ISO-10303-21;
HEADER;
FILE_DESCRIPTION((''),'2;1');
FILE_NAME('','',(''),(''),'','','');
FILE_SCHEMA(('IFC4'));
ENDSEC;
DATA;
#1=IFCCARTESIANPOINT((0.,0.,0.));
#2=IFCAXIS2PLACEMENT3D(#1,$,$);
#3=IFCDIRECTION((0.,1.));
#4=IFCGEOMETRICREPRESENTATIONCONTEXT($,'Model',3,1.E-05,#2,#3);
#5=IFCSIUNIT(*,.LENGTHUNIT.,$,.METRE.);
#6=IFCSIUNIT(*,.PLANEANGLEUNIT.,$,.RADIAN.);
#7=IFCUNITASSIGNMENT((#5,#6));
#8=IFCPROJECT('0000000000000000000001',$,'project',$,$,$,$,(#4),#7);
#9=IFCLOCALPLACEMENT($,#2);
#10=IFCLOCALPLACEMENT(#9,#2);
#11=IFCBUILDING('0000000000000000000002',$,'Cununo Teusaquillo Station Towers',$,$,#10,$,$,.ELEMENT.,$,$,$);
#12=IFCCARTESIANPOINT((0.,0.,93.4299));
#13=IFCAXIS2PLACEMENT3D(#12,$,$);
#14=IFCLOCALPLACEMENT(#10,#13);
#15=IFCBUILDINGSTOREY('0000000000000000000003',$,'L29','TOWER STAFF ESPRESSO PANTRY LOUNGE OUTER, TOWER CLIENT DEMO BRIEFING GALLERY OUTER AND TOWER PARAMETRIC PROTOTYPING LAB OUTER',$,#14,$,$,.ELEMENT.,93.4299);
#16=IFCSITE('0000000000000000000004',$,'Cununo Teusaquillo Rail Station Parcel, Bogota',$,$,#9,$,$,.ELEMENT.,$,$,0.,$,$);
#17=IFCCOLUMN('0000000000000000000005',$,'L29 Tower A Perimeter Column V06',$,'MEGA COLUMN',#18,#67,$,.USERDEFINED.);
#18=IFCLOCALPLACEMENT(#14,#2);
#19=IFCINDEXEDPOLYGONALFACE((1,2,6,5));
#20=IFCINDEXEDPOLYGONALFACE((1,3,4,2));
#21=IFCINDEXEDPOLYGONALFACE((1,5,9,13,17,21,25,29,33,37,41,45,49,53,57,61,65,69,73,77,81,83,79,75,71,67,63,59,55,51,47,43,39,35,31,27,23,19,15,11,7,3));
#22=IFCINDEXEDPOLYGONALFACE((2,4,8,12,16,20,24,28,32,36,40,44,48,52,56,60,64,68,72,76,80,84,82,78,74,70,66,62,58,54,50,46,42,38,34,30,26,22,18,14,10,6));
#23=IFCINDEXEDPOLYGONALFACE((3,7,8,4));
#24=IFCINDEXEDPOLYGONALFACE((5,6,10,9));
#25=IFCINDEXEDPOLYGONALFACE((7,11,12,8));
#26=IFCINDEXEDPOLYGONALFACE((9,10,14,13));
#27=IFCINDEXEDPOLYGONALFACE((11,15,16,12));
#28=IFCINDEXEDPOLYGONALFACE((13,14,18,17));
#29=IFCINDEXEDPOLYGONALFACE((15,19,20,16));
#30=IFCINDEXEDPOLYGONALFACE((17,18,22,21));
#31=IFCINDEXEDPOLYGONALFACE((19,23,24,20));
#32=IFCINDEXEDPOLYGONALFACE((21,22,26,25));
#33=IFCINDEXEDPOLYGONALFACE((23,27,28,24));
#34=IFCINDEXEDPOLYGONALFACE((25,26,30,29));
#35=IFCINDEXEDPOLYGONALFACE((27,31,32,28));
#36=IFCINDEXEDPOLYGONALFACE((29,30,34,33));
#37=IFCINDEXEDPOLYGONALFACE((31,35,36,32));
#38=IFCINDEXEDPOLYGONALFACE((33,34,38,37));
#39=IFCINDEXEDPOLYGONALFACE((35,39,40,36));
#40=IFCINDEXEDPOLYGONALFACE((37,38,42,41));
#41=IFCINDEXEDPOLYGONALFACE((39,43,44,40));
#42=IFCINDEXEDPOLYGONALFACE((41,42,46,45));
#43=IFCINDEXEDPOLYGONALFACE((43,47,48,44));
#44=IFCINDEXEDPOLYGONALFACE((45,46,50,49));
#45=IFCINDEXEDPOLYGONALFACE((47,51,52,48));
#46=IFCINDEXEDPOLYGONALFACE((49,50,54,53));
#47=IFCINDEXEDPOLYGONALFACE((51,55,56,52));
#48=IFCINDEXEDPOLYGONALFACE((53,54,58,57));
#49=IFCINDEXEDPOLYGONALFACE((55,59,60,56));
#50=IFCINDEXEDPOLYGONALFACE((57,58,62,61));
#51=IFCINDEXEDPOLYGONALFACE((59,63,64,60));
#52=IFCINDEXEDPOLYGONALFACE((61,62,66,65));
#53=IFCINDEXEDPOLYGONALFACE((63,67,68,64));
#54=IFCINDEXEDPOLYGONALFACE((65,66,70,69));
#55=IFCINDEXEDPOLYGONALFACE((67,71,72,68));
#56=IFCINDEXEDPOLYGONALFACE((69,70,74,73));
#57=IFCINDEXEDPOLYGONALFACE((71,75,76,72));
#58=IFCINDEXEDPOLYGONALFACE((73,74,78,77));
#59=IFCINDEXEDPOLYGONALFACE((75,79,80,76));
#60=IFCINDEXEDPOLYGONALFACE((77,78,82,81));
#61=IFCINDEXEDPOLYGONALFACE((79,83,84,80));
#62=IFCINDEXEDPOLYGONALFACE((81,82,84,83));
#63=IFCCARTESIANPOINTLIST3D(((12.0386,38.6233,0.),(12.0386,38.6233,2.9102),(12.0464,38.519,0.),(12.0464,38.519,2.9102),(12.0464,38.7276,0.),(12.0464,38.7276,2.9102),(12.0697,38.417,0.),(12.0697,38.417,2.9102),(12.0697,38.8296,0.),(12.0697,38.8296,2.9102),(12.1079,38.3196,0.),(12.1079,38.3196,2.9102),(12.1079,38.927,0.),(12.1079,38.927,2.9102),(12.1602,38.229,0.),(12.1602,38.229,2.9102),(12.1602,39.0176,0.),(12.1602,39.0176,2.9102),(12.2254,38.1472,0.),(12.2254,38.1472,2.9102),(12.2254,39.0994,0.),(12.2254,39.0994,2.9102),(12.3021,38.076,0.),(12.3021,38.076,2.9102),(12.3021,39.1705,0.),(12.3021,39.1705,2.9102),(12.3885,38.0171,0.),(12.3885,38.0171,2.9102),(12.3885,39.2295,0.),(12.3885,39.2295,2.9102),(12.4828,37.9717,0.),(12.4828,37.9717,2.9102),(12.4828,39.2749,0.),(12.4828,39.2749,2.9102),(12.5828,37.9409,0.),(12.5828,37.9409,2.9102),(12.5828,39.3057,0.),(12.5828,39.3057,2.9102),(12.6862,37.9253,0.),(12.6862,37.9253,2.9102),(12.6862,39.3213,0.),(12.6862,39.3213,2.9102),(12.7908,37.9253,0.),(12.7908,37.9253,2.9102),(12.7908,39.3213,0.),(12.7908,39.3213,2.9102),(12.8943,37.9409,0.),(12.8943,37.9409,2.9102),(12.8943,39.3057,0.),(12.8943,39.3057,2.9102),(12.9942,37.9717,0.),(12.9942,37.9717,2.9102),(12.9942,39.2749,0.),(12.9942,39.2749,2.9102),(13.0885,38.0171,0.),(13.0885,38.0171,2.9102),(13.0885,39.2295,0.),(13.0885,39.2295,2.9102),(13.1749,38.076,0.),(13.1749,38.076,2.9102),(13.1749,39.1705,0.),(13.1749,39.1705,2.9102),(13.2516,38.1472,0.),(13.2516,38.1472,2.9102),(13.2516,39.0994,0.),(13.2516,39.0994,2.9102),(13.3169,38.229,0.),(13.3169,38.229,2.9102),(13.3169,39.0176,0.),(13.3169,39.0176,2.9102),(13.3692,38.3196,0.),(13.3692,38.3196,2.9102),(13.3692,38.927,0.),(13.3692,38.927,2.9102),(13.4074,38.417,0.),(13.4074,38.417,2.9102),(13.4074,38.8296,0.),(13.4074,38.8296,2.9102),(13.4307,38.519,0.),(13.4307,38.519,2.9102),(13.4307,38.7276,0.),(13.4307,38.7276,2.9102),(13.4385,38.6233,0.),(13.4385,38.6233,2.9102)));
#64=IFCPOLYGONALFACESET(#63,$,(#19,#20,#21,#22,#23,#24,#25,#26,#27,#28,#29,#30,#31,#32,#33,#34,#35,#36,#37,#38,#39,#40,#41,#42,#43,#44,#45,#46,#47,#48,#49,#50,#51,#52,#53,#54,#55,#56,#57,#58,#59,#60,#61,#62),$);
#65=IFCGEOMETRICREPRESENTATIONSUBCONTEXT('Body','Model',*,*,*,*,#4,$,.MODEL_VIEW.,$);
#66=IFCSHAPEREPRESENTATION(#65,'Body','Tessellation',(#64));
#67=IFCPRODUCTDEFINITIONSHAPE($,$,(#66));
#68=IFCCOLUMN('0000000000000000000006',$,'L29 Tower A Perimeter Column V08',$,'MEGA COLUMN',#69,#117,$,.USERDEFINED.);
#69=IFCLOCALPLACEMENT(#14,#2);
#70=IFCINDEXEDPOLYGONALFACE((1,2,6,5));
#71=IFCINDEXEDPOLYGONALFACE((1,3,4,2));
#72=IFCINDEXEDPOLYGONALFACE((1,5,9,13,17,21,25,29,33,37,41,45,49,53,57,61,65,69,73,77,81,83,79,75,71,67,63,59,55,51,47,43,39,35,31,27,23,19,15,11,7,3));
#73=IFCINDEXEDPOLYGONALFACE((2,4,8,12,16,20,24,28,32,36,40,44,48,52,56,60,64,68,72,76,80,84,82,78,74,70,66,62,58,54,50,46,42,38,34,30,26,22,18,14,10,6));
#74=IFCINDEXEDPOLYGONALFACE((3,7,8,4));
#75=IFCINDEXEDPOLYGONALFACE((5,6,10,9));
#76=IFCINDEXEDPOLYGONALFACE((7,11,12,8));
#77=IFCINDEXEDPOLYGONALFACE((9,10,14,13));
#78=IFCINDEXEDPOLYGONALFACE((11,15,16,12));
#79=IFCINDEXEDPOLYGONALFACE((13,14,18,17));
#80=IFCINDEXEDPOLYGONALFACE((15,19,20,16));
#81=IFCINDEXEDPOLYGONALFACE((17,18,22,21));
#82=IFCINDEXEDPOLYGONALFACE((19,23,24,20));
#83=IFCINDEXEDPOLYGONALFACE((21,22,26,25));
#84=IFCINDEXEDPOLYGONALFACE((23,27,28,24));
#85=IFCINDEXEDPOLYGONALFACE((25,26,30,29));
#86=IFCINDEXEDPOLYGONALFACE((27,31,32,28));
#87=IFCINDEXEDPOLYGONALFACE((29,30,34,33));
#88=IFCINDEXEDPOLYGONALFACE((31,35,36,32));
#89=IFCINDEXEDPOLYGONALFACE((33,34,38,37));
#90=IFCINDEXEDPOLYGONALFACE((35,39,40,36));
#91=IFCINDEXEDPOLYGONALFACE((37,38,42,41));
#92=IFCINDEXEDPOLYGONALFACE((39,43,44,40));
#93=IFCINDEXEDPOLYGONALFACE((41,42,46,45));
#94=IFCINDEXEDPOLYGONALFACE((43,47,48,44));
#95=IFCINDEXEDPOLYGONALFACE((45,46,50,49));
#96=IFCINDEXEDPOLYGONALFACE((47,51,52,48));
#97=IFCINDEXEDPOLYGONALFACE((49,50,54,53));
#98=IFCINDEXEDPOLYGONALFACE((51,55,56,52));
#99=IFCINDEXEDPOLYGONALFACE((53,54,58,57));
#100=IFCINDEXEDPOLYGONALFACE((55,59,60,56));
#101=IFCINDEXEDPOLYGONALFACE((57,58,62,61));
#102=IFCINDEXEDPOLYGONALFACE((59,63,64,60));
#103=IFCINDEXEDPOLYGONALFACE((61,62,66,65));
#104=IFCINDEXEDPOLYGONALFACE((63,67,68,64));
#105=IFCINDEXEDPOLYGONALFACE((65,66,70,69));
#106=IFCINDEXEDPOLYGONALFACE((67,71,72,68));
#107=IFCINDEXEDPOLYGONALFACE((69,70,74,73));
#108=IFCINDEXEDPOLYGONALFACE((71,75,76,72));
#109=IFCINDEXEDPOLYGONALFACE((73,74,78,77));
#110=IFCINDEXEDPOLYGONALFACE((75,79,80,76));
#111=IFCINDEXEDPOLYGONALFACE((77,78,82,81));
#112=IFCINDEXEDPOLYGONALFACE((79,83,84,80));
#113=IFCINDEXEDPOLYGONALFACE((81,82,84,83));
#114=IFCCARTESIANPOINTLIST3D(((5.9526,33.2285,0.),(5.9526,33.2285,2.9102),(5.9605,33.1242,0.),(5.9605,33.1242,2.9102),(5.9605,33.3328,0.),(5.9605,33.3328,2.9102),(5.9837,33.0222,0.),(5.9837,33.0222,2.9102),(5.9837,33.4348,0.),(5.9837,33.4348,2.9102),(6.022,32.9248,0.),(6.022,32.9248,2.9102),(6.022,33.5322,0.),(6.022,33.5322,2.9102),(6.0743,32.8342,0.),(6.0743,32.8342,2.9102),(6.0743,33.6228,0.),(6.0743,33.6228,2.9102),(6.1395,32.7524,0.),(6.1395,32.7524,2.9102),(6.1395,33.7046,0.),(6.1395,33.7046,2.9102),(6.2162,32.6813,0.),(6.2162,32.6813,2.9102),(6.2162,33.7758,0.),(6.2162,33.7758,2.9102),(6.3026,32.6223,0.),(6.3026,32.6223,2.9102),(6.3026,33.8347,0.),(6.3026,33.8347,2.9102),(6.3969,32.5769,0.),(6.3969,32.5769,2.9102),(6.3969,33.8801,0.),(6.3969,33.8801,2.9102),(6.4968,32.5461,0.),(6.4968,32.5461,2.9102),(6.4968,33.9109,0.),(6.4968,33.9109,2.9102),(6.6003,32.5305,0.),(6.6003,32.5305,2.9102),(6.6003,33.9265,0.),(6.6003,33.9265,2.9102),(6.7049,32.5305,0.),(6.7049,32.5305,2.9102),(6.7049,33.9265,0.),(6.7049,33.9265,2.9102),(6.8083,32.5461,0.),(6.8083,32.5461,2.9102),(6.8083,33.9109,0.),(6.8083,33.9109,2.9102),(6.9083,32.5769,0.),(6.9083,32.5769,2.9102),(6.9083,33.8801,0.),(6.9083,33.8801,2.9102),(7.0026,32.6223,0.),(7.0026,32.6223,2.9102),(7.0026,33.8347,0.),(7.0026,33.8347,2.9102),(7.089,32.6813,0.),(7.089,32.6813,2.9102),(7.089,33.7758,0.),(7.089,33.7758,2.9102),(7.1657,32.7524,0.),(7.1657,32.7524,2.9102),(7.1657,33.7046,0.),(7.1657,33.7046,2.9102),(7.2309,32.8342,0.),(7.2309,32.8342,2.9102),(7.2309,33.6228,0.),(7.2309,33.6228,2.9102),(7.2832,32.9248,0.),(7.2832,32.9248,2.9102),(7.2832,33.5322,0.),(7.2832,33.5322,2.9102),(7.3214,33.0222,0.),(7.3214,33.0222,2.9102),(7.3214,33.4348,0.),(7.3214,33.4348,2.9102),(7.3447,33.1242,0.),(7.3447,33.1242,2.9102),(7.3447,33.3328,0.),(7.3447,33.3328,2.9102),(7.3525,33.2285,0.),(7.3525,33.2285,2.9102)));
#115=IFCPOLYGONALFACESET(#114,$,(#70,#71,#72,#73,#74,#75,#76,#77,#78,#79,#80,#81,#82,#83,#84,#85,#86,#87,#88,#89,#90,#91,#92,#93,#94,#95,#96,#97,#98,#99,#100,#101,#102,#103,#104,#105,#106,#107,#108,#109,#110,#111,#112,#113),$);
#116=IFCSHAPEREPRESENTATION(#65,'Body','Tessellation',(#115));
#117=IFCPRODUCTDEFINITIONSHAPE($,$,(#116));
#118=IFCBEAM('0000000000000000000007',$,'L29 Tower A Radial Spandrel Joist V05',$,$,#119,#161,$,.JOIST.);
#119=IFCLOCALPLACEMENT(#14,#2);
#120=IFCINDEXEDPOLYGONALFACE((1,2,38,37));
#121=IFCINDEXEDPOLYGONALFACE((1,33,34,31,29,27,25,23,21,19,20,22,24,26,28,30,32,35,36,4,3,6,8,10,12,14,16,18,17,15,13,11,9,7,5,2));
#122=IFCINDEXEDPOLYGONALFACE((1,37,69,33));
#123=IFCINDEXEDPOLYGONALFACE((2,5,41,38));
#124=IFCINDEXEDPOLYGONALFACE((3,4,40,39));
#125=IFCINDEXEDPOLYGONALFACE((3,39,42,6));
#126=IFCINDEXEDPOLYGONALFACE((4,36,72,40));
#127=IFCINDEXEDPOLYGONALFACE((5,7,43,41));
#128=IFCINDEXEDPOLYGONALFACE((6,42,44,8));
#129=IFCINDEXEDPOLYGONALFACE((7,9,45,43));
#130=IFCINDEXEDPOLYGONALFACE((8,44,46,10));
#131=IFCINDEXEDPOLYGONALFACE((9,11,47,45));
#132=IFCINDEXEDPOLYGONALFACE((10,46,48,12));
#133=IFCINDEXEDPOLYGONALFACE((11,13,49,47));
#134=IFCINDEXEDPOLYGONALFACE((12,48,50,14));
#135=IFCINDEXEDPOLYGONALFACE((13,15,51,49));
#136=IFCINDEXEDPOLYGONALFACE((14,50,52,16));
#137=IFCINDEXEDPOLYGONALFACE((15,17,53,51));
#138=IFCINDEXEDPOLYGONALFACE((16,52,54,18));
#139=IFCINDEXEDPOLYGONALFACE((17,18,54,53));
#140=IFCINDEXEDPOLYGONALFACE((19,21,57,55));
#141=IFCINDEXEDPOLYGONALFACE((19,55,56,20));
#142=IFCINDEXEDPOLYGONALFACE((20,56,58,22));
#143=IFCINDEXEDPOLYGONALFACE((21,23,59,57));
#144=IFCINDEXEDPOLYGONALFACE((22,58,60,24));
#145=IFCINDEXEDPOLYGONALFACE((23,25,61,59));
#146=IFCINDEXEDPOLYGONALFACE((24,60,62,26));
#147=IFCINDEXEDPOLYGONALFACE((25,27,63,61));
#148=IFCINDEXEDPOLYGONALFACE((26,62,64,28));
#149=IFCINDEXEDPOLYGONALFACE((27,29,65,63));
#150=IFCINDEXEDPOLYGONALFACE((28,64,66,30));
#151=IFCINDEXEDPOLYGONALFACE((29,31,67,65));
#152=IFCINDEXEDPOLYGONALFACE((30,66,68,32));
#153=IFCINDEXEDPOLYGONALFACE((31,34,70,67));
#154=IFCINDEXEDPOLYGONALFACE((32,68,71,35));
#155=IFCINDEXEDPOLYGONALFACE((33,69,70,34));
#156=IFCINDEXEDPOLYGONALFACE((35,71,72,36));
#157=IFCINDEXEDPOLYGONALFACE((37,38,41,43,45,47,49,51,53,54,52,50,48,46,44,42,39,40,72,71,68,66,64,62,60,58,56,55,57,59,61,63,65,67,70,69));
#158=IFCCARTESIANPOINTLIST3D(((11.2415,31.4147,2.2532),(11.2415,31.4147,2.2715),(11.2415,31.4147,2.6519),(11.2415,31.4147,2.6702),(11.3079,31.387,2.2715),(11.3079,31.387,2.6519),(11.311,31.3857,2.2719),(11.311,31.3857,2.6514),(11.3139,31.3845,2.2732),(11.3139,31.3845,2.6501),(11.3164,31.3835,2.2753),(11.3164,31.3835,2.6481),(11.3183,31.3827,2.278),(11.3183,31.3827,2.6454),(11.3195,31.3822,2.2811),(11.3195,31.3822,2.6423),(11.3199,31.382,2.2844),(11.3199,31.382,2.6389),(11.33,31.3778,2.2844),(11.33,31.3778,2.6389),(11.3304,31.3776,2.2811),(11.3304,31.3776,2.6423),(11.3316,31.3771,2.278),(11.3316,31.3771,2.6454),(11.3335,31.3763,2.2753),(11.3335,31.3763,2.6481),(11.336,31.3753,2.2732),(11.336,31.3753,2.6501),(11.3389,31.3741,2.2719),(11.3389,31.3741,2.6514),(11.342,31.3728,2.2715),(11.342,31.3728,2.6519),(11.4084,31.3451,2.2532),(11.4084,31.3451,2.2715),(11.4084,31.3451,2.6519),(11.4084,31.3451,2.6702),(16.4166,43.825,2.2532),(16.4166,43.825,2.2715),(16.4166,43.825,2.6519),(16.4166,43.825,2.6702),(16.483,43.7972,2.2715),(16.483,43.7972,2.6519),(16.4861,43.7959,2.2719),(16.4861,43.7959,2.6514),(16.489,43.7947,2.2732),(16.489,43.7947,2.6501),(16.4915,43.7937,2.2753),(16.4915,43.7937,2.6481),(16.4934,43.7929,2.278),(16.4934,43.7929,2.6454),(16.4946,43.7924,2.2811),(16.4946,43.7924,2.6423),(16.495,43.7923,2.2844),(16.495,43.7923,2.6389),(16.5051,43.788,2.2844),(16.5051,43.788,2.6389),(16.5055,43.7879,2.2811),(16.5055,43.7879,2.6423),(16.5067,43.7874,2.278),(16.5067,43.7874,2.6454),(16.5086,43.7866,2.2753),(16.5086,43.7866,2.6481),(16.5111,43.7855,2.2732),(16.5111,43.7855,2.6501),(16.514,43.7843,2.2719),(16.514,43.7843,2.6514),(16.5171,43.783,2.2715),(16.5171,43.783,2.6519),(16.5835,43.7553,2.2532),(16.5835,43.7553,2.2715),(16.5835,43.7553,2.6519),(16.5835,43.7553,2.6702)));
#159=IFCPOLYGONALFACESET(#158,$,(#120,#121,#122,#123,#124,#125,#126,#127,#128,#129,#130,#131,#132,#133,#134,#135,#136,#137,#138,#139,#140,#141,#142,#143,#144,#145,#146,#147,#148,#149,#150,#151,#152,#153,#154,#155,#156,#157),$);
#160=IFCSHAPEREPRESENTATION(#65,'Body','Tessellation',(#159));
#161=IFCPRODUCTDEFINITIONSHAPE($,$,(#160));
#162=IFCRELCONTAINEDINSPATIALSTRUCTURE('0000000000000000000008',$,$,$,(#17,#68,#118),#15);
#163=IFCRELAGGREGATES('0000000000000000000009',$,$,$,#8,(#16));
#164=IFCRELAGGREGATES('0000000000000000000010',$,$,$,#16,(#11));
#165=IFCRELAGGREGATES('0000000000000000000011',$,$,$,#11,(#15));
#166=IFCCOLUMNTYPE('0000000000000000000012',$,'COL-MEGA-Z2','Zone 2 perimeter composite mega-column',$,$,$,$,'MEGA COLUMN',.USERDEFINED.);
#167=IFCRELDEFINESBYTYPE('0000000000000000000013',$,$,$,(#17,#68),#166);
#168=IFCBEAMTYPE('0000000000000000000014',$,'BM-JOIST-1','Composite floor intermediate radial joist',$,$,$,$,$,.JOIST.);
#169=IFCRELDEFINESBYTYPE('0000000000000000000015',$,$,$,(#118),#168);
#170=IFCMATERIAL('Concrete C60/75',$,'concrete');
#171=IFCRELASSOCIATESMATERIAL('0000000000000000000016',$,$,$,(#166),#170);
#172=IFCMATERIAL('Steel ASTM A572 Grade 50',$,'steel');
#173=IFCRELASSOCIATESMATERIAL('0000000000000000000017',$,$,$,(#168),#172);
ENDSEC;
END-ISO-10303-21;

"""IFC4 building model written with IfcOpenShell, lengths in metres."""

from ifc_helpers import new_model, si_unit, direction, frame, origin, origin_2d, place, context, subcontext, project, spatial, circle, i_section, extrude, material, material_profile, profile_set, type_object, element, save


model = new_model("IFC4")

# Units and contexts
model_context = context("Model", 3, precision=1e-05, world=origin(), true_north=direction((0.0, 1.0)))
body_context = subcontext(model_context, "Body", "Model", "MODEL_VIEW")
ifc_project = project(units=[si_unit("LENGTHUNIT", "METRE"), si_unit("PLANEANGLEUNIT", "RADIAN")], contexts=[model_context])

# Site, building, storey
site_placement = place(None, origin())
site = spatial("IfcSite", under=ifc_project, at=site_placement, Name="Cununo Teusaquillo Rail Station Parcel, Bogota", CompositionType="ELEMENT", RefElevation=0.0)
building_placement = place(site_placement, origin())
building = spatial("IfcBuilding", under=site, at=building_placement, Name="Cununo Teusaquillo Station Towers", CompositionType="ELEMENT")
storey_placement = place(building_placement, frame((0.0, 0.0, 93.4299)))
storey = spatial("IfcBuildingStorey", under=building, at=storey_placement, Name="L29", Description="TOWER STAFF ESPRESSO PANTRY LOUNGE OUTER, TOWER CLIENT DEMO BRIEFING GALLERY OUTER AND TOWER PARAMETRIC PROTOTYPING LAB OUTER", CompositionType="ELEMENT", Elevation=93.4299)

# Columns
ifc_material_1 = material(Name="Concrete C60/75", Category="concrete")
ifc_material_profile_1 = material_profile(ifc_material_1, circle(Radius=0.7, at=origin_2d()), Name="RC-CIRC-1400")
ifc_profile_set_1 = profile_set([ifc_material_profile_1], Name="Concrete C60/75")
column_type = type_object("IfcColumnType", Name="COL-MEGA-Z2", Description="Zone 2 perimeter composite mega-column", ElementType="MEGA COLUMN", PredefinedType="USERDEFINED", material=ifc_profile_set_1)
for number, where, z_axis, x_axis, name in (
    (1, (12.7385, 38.6233, 0.0), (0.0, 0.0, 1.0), (1.0, 0.0, 0.0), "L29 Tower A Perimeter Column V06"),
    (2, (6.6526, 33.2285, 0.0), (0.0, 0.0, 1.0), (1.0, 0.0, 0.0), "L29 Tower A Perimeter Column V08"),
):
    element("IfcColumn", number, at=place(storey_placement, frame(where, z_axis=z_axis, x_axis=x_axis)), inside=storey, type_object=column_type, Name=name, ObjectType="MEGA COLUMN", PredefinedType="USERDEFINED", context=body_context, shape_type="SweptSolid", body=[
        extrude(circle(Radius=0.7, at=origin_2d()), origin(), (0.0, 0.0, 1.0), 2.9102),
    ])

# Beam
ifc_material_2 = material(Name="Steel ASTM A572 Grade 50", Category="steel")
ifc_material_profile_2 = material_profile(ifc_material_2, i_section(OverallWidth=0.1809, OverallDepth=0.417, WebThickness=0.011, FlangeThickness=0.0183, FilletRadius=0.0129, at=origin_2d()), Name="W16X57")
ifc_profile_set_2 = profile_set([ifc_material_profile_2], Name="Steel ASTM A572 Grade 50")
beam_type_1 = type_object("IfcBeamType", Name="BM-JOIST-1", Description="Composite floor intermediate radial joist", PredefinedType="JOIST", material=ifc_profile_set_2)
beam_1_placement = place(storey_placement, frame((11.325, 31.3799, 2.4617), z_axis=(0.384878, 0.922967, 0.0), x_axis=(-0.922967, 0.384878, 0.0)))
element("IfcBeam", 3, at=beam_1_placement, inside=storey, type_object=beam_type_1, Name="L29 Tower A Radial Spandrel Joist V05", PredefinedType="JOIST", context=body_context, shape_type="SweptSolid", body=[
    extrude(i_section(OverallWidth=0.1809, OverallDepth=0.417, WebThickness=0.011, FlangeThickness=0.0183, FilletRadius=0.0129, at=origin_2d()), origin(), (0.0, 0.0, 1.0), 13.446),
])

save(model, "model.ifc")
